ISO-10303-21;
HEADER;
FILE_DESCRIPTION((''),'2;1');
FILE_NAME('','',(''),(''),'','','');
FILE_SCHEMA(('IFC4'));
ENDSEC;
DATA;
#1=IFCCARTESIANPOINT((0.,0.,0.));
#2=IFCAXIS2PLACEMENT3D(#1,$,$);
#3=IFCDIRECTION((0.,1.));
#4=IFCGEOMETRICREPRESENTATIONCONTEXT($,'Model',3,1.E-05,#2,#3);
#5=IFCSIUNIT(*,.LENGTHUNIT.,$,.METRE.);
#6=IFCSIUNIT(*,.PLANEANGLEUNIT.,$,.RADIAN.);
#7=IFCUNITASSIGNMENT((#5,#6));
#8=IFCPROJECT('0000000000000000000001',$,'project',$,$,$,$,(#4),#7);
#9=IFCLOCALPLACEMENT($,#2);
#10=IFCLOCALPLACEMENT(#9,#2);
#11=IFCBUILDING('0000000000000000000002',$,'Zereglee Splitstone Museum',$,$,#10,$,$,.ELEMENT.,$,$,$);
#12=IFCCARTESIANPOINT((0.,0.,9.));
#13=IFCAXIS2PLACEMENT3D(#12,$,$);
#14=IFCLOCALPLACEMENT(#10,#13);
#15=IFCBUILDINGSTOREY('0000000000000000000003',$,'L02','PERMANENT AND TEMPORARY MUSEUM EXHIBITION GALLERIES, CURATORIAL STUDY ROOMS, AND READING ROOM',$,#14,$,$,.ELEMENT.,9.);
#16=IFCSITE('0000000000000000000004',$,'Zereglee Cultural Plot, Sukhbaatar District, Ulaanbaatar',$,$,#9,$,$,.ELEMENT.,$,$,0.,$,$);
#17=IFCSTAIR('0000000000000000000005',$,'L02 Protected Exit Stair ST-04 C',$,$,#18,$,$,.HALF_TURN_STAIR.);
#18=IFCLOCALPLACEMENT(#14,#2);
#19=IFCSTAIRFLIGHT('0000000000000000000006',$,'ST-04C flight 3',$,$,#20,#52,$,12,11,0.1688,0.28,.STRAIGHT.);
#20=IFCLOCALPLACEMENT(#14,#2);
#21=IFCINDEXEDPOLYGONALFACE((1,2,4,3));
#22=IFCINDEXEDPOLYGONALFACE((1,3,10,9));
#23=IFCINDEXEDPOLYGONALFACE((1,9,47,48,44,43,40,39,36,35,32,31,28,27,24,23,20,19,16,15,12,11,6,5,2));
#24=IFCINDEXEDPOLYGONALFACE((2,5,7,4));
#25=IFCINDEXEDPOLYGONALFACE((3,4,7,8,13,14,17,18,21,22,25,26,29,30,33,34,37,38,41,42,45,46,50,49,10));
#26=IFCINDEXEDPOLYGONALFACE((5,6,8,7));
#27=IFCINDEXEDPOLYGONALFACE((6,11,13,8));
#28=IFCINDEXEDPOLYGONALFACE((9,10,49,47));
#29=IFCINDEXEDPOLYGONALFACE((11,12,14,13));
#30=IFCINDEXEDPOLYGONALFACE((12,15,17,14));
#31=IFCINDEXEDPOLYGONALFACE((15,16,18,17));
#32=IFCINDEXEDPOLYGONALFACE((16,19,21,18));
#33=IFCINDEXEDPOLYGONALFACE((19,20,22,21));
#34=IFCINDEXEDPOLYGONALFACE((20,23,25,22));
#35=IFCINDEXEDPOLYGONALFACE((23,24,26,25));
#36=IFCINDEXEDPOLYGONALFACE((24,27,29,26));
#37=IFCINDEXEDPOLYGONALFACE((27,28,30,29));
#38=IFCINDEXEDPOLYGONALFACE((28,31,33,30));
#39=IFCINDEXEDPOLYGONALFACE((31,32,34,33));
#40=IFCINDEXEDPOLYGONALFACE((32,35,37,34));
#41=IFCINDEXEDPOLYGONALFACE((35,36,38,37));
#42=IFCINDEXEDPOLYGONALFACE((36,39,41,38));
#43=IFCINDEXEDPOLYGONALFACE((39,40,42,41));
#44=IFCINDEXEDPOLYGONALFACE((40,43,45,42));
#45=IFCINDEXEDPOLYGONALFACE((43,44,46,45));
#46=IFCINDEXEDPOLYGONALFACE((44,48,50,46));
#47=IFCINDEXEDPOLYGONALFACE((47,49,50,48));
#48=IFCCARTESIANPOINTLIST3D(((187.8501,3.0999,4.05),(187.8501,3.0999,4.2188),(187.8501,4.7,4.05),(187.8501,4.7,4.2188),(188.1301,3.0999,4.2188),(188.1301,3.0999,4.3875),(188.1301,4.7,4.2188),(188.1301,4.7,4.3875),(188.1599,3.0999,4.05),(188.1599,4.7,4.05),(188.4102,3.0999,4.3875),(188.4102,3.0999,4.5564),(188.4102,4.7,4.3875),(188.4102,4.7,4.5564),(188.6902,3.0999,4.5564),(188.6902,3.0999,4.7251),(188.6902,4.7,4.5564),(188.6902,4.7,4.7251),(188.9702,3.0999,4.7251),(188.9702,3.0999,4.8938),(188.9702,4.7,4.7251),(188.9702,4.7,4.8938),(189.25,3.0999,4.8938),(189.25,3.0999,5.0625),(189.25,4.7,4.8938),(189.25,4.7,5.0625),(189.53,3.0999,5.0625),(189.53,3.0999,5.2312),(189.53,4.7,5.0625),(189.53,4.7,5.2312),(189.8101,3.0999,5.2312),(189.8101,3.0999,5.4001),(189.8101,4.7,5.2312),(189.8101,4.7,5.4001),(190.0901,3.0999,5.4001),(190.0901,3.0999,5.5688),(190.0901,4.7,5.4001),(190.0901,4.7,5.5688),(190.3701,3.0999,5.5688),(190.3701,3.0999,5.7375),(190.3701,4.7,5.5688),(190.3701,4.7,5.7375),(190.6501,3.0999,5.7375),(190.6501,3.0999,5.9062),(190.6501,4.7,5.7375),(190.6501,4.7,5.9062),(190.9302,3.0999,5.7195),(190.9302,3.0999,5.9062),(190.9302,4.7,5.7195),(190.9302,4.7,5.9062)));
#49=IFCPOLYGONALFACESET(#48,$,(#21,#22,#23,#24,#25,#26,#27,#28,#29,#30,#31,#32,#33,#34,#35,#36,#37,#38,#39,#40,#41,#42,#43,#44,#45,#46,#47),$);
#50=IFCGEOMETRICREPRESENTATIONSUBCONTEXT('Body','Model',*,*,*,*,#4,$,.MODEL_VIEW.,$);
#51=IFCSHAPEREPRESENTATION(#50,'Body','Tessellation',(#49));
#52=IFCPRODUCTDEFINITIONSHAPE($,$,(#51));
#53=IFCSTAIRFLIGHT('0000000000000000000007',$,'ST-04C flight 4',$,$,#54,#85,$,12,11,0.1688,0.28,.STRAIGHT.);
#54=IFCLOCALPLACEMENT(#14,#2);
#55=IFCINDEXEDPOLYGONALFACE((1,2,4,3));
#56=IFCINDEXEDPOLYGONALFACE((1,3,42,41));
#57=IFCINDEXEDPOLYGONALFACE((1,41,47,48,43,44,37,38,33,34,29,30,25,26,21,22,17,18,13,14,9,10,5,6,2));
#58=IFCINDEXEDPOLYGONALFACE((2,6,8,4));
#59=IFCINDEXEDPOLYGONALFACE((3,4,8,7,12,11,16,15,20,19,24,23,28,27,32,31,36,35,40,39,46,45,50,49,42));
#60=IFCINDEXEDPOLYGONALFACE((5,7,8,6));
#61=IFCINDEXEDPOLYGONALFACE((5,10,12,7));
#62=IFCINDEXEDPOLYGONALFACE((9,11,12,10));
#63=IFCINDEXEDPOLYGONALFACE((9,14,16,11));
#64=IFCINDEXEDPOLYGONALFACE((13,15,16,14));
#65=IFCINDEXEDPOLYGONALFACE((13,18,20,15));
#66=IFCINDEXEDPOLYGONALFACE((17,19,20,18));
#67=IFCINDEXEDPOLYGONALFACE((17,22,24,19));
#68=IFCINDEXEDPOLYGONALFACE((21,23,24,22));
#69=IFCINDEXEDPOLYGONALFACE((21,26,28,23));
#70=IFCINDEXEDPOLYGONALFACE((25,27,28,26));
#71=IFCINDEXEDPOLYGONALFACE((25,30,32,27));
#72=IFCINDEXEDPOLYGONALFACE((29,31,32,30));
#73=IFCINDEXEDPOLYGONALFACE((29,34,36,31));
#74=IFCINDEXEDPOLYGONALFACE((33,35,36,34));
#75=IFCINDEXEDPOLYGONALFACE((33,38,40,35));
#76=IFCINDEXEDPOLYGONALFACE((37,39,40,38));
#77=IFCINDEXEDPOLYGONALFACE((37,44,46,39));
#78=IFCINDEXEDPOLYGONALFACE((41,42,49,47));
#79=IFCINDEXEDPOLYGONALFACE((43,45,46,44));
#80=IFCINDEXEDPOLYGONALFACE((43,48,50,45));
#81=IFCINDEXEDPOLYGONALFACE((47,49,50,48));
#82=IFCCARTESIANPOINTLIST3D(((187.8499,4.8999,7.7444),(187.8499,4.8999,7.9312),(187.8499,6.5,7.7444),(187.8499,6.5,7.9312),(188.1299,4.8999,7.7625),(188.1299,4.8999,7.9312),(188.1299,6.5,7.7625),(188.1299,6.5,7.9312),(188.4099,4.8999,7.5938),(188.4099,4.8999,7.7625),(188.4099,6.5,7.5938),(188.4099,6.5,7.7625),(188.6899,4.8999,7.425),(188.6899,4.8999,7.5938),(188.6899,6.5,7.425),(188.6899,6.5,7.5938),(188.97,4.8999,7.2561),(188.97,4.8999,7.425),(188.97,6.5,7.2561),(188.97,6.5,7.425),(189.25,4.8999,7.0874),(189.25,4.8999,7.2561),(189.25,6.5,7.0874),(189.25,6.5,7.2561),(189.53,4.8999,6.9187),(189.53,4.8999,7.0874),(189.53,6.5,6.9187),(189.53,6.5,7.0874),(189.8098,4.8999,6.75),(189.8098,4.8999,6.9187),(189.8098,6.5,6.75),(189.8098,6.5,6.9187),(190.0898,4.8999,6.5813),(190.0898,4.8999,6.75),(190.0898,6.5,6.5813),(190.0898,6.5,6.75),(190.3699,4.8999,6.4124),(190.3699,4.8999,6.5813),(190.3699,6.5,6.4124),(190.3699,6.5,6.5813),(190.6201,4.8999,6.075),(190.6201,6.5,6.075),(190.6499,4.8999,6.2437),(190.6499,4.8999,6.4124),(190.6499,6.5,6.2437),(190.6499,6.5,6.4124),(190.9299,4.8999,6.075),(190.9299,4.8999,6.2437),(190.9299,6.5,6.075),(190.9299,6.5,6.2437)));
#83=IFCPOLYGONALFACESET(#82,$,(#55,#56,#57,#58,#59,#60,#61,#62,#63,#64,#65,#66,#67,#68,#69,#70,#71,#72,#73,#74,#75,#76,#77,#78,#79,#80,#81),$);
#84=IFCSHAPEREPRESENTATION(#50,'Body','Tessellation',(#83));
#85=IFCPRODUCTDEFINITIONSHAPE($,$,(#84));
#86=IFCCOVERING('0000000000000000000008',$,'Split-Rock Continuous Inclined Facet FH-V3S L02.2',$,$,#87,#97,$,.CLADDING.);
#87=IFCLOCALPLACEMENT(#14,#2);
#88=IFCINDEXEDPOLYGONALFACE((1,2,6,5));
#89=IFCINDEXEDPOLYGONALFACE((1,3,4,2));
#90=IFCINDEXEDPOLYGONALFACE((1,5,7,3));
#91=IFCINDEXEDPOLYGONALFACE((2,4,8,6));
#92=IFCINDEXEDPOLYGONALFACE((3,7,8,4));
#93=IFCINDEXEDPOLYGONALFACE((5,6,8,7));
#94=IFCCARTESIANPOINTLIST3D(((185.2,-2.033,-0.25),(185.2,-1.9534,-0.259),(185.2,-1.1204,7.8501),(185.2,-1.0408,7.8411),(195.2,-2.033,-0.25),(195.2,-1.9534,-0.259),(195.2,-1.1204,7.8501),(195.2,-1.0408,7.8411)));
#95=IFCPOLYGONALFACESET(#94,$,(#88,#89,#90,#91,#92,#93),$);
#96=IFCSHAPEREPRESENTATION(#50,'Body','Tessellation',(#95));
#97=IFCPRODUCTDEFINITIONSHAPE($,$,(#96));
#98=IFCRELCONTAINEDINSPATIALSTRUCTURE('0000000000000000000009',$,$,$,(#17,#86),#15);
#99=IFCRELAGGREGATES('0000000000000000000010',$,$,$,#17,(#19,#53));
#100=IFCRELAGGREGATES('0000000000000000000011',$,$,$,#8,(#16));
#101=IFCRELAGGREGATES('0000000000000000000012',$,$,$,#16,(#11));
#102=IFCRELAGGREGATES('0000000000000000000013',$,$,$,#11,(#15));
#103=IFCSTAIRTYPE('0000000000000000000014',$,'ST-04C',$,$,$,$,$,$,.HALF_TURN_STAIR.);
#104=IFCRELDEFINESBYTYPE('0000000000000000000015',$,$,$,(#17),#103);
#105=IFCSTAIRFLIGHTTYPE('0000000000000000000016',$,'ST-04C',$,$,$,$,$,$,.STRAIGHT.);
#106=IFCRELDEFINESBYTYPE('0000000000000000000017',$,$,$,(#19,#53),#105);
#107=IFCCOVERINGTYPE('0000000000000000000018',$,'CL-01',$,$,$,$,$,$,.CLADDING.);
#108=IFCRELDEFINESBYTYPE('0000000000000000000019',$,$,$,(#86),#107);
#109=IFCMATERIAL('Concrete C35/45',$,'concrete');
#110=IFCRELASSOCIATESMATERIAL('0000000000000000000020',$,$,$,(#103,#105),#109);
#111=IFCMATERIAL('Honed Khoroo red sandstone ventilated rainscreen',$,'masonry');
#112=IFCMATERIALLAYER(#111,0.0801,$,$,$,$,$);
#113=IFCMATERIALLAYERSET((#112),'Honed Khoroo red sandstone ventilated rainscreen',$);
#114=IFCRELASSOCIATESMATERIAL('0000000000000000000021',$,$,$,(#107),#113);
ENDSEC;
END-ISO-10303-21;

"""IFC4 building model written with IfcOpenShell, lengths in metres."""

from ifc_helpers import new_model, si_unit, direction, frame, origin, place, context, subcontext, project, spatial, polyline, outline, extrude, material, layer, layer_set, type_object, element, aggregate, save


model = new_model("IFC4")

# Units and contexts
model_context = context("Model", 3, precision=1e-05, world=origin(), true_north=direction((0.0, 1.0)))
body_context = subcontext(model_context, "Body", "Model", "MODEL_VIEW")
ifc_project = project(units=[si_unit("LENGTHUNIT", "METRE"), si_unit("PLANEANGLEUNIT", "RADIAN")], contexts=[model_context])

# Site, building, storey
site_placement = place(None, origin())
site = spatial("IfcSite", under=ifc_project, at=site_placement, Name="Zereglee Cultural Plot, Sukhbaatar District, Ulaanbaatar", CompositionType="ELEMENT", RefElevation=0.0)
building_placement = place(site_placement, origin())
building = spatial("IfcBuilding", under=site, at=building_placement, Name="Zereglee Splitstone Museum", CompositionType="ELEMENT")
storey_placement = place(building_placement, frame((0.0, 0.0, 9.0)))
storey = spatial("IfcBuildingStorey", under=building, at=storey_placement, Name="L02", Description="PERMANENT AND TEMPORARY MUSEUM EXHIBITION GALLERIES, CURATORIAL STUDY ROOMS, AND READING ROOM", CompositionType="ELEMENT", Elevation=9.0)

# Stair, stair flights
ifc_material_1 = material(Name="Concrete C35/45", Category="concrete")
stair_type = type_object("IfcStairType", Name="ST-04C", PredefinedType="HALF_TURN_STAIR", material=ifc_material_1)
stair_placement = place(storey_placement, origin())
stair = element("IfcStair", 1, at=stair_placement, inside=storey, type_object=stair_type, Name="L02 Protected Exit Stair ST-04 C", PredefinedType="HALF_TURN_STAIR")
stair_flight_type = type_object("IfcStairFlightType", Name="ST-04C", PredefinedType="STRAIGHT", material=ifc_material_1)
stair_flight_1_placement = place(storey_placement, frame((187.8501, 3.8999, 4.05), z_axis=(0.0, 0.0, 1.0), x_axis=(1.0, 0.0, 0.0)))
stair_flight_1 = element("IfcStairFlight", 2, at=stair_flight_1_placement, type_object=stair_flight_type, Name="ST-04C flight 3", NumberOfRisers=12, NumberOfTreads=11, PredefinedType="STRAIGHT", RiserHeight=0.1688, TreadLength=0.28, context=body_context, shape_type="SweptSolid", body=[
    extrude(outline(polyline([(0.0, 0.0), (0.0, 0.1687), (0.28, 0.1687), (0.28, 0.3374), (0.5601, 0.3374), (0.5601, 0.5063), (0.8401, 0.5063), (0.8401, 0.675), (1.1201, 0.675), (1.1201, 0.8438), (1.3999, 0.8438), (1.3999, 1.0125), (1.6799, 1.0125), (1.6799, 1.1812), (1.96, 1.1812), (1.96, 1.3501), (2.24, 1.3501), (2.24, 1.5188), (2.52, 1.5188), (2.52, 1.6875), (2.8, 1.6875), (2.8, 1.8562), (3.0801, 1.8562), (3.0801, 2.0249), (3.0801, 1.6694), (0.3098, 0.0), (0.0, 0.0)])), frame((0.0, 0.8, 0.0), z_axis=(0.0, -1.0, 0.0), x_axis=(1.0, 0.0, 0.0)), (0.0, 0.0, 1.0), 1.6001),
])
stair_flight_2_placement = place(storey_placement, frame((190.9299, 5.7, 6.075), z_axis=(0.0, 0.0, 1.0), x_axis=(-1.0, 0.0, 0.0)))
stair_flight_2 = element("IfcStairFlight", 3, at=stair_flight_2_placement, type_object=stair_flight_type, Name="ST-04C flight 4", NumberOfRisers=12, NumberOfTreads=11, PredefinedType="STRAIGHT", RiserHeight=0.1688, TreadLength=0.28, context=body_context, shape_type="SweptSolid", body=[
    extrude(outline(polyline([(0.0, 0.0), (0.0, 0.1687), (0.28, 0.1687), (0.28, 0.3374), (0.5601, 0.3374), (0.5601, 0.5063), (0.8401, 0.5063), (0.8401, 0.675), (1.1201, 0.675), (1.1201, 0.8438), (1.3999, 0.8438), (1.3999, 1.0125), (1.6799, 1.0125), (1.6799, 1.1812), (1.96, 1.1812), (1.96, 1.3501), (2.24, 1.3501), (2.24, 1.5188), (2.52, 1.5188), (2.52, 1.6875), (2.8, 1.6875), (2.8, 1.8562), (3.0801, 1.8562), (3.0801, 2.0249), (3.0801, 1.6694), (0.3098, 0.0), (0.0, 0.0)])), frame((0.0, 0.8, 0.0), z_axis=(0.0, -1.0, 0.0), x_axis=(1.0, 0.0, 0.0)), (0.0, 0.0, 1.0), 1.6001),
])
aggregate(stair, [stair_flight_1, stair_flight_2])

# Covering
ifc_material_2 = material(Name="Honed Khoroo red sandstone ventilated rainscreen", Category="masonry")
ifc_layer_1 = layer(ifc_material_2, 0.0801)
ifc_layer_set_1 = layer_set([ifc_layer_1], Name="Honed Khoroo red sandstone ventilated rainscreen")
covering_type = type_object("IfcCoveringType", Name="CL-01", PredefinedType="CLADDING", material=ifc_layer_set_1)
covering_placement = place(storey_placement, frame((185.2, -2.033, -0.25), z_axis=(0.0, -0.993713, 0.111957), x_axis=(1.0, 0.0, 0.0)))
element("IfcCovering", 4, at=covering_placement, inside=storey, type_object=covering_type, Name="Split-Rock Continuous Inclined Facet FH-V3S L02.2", PredefinedType="CLADDING", context=body_context, shape_type="SweptSolid", body=[
    extrude(outline(polyline([(0.0, 0.0), (10.0, 0.0), (10.0, 8.1513), (0.0, 8.1513), (0.0, 0.0)])), origin(), (0.0, 0.0, -1.0), 0.0801),
])

save(model, "model.ifc")
